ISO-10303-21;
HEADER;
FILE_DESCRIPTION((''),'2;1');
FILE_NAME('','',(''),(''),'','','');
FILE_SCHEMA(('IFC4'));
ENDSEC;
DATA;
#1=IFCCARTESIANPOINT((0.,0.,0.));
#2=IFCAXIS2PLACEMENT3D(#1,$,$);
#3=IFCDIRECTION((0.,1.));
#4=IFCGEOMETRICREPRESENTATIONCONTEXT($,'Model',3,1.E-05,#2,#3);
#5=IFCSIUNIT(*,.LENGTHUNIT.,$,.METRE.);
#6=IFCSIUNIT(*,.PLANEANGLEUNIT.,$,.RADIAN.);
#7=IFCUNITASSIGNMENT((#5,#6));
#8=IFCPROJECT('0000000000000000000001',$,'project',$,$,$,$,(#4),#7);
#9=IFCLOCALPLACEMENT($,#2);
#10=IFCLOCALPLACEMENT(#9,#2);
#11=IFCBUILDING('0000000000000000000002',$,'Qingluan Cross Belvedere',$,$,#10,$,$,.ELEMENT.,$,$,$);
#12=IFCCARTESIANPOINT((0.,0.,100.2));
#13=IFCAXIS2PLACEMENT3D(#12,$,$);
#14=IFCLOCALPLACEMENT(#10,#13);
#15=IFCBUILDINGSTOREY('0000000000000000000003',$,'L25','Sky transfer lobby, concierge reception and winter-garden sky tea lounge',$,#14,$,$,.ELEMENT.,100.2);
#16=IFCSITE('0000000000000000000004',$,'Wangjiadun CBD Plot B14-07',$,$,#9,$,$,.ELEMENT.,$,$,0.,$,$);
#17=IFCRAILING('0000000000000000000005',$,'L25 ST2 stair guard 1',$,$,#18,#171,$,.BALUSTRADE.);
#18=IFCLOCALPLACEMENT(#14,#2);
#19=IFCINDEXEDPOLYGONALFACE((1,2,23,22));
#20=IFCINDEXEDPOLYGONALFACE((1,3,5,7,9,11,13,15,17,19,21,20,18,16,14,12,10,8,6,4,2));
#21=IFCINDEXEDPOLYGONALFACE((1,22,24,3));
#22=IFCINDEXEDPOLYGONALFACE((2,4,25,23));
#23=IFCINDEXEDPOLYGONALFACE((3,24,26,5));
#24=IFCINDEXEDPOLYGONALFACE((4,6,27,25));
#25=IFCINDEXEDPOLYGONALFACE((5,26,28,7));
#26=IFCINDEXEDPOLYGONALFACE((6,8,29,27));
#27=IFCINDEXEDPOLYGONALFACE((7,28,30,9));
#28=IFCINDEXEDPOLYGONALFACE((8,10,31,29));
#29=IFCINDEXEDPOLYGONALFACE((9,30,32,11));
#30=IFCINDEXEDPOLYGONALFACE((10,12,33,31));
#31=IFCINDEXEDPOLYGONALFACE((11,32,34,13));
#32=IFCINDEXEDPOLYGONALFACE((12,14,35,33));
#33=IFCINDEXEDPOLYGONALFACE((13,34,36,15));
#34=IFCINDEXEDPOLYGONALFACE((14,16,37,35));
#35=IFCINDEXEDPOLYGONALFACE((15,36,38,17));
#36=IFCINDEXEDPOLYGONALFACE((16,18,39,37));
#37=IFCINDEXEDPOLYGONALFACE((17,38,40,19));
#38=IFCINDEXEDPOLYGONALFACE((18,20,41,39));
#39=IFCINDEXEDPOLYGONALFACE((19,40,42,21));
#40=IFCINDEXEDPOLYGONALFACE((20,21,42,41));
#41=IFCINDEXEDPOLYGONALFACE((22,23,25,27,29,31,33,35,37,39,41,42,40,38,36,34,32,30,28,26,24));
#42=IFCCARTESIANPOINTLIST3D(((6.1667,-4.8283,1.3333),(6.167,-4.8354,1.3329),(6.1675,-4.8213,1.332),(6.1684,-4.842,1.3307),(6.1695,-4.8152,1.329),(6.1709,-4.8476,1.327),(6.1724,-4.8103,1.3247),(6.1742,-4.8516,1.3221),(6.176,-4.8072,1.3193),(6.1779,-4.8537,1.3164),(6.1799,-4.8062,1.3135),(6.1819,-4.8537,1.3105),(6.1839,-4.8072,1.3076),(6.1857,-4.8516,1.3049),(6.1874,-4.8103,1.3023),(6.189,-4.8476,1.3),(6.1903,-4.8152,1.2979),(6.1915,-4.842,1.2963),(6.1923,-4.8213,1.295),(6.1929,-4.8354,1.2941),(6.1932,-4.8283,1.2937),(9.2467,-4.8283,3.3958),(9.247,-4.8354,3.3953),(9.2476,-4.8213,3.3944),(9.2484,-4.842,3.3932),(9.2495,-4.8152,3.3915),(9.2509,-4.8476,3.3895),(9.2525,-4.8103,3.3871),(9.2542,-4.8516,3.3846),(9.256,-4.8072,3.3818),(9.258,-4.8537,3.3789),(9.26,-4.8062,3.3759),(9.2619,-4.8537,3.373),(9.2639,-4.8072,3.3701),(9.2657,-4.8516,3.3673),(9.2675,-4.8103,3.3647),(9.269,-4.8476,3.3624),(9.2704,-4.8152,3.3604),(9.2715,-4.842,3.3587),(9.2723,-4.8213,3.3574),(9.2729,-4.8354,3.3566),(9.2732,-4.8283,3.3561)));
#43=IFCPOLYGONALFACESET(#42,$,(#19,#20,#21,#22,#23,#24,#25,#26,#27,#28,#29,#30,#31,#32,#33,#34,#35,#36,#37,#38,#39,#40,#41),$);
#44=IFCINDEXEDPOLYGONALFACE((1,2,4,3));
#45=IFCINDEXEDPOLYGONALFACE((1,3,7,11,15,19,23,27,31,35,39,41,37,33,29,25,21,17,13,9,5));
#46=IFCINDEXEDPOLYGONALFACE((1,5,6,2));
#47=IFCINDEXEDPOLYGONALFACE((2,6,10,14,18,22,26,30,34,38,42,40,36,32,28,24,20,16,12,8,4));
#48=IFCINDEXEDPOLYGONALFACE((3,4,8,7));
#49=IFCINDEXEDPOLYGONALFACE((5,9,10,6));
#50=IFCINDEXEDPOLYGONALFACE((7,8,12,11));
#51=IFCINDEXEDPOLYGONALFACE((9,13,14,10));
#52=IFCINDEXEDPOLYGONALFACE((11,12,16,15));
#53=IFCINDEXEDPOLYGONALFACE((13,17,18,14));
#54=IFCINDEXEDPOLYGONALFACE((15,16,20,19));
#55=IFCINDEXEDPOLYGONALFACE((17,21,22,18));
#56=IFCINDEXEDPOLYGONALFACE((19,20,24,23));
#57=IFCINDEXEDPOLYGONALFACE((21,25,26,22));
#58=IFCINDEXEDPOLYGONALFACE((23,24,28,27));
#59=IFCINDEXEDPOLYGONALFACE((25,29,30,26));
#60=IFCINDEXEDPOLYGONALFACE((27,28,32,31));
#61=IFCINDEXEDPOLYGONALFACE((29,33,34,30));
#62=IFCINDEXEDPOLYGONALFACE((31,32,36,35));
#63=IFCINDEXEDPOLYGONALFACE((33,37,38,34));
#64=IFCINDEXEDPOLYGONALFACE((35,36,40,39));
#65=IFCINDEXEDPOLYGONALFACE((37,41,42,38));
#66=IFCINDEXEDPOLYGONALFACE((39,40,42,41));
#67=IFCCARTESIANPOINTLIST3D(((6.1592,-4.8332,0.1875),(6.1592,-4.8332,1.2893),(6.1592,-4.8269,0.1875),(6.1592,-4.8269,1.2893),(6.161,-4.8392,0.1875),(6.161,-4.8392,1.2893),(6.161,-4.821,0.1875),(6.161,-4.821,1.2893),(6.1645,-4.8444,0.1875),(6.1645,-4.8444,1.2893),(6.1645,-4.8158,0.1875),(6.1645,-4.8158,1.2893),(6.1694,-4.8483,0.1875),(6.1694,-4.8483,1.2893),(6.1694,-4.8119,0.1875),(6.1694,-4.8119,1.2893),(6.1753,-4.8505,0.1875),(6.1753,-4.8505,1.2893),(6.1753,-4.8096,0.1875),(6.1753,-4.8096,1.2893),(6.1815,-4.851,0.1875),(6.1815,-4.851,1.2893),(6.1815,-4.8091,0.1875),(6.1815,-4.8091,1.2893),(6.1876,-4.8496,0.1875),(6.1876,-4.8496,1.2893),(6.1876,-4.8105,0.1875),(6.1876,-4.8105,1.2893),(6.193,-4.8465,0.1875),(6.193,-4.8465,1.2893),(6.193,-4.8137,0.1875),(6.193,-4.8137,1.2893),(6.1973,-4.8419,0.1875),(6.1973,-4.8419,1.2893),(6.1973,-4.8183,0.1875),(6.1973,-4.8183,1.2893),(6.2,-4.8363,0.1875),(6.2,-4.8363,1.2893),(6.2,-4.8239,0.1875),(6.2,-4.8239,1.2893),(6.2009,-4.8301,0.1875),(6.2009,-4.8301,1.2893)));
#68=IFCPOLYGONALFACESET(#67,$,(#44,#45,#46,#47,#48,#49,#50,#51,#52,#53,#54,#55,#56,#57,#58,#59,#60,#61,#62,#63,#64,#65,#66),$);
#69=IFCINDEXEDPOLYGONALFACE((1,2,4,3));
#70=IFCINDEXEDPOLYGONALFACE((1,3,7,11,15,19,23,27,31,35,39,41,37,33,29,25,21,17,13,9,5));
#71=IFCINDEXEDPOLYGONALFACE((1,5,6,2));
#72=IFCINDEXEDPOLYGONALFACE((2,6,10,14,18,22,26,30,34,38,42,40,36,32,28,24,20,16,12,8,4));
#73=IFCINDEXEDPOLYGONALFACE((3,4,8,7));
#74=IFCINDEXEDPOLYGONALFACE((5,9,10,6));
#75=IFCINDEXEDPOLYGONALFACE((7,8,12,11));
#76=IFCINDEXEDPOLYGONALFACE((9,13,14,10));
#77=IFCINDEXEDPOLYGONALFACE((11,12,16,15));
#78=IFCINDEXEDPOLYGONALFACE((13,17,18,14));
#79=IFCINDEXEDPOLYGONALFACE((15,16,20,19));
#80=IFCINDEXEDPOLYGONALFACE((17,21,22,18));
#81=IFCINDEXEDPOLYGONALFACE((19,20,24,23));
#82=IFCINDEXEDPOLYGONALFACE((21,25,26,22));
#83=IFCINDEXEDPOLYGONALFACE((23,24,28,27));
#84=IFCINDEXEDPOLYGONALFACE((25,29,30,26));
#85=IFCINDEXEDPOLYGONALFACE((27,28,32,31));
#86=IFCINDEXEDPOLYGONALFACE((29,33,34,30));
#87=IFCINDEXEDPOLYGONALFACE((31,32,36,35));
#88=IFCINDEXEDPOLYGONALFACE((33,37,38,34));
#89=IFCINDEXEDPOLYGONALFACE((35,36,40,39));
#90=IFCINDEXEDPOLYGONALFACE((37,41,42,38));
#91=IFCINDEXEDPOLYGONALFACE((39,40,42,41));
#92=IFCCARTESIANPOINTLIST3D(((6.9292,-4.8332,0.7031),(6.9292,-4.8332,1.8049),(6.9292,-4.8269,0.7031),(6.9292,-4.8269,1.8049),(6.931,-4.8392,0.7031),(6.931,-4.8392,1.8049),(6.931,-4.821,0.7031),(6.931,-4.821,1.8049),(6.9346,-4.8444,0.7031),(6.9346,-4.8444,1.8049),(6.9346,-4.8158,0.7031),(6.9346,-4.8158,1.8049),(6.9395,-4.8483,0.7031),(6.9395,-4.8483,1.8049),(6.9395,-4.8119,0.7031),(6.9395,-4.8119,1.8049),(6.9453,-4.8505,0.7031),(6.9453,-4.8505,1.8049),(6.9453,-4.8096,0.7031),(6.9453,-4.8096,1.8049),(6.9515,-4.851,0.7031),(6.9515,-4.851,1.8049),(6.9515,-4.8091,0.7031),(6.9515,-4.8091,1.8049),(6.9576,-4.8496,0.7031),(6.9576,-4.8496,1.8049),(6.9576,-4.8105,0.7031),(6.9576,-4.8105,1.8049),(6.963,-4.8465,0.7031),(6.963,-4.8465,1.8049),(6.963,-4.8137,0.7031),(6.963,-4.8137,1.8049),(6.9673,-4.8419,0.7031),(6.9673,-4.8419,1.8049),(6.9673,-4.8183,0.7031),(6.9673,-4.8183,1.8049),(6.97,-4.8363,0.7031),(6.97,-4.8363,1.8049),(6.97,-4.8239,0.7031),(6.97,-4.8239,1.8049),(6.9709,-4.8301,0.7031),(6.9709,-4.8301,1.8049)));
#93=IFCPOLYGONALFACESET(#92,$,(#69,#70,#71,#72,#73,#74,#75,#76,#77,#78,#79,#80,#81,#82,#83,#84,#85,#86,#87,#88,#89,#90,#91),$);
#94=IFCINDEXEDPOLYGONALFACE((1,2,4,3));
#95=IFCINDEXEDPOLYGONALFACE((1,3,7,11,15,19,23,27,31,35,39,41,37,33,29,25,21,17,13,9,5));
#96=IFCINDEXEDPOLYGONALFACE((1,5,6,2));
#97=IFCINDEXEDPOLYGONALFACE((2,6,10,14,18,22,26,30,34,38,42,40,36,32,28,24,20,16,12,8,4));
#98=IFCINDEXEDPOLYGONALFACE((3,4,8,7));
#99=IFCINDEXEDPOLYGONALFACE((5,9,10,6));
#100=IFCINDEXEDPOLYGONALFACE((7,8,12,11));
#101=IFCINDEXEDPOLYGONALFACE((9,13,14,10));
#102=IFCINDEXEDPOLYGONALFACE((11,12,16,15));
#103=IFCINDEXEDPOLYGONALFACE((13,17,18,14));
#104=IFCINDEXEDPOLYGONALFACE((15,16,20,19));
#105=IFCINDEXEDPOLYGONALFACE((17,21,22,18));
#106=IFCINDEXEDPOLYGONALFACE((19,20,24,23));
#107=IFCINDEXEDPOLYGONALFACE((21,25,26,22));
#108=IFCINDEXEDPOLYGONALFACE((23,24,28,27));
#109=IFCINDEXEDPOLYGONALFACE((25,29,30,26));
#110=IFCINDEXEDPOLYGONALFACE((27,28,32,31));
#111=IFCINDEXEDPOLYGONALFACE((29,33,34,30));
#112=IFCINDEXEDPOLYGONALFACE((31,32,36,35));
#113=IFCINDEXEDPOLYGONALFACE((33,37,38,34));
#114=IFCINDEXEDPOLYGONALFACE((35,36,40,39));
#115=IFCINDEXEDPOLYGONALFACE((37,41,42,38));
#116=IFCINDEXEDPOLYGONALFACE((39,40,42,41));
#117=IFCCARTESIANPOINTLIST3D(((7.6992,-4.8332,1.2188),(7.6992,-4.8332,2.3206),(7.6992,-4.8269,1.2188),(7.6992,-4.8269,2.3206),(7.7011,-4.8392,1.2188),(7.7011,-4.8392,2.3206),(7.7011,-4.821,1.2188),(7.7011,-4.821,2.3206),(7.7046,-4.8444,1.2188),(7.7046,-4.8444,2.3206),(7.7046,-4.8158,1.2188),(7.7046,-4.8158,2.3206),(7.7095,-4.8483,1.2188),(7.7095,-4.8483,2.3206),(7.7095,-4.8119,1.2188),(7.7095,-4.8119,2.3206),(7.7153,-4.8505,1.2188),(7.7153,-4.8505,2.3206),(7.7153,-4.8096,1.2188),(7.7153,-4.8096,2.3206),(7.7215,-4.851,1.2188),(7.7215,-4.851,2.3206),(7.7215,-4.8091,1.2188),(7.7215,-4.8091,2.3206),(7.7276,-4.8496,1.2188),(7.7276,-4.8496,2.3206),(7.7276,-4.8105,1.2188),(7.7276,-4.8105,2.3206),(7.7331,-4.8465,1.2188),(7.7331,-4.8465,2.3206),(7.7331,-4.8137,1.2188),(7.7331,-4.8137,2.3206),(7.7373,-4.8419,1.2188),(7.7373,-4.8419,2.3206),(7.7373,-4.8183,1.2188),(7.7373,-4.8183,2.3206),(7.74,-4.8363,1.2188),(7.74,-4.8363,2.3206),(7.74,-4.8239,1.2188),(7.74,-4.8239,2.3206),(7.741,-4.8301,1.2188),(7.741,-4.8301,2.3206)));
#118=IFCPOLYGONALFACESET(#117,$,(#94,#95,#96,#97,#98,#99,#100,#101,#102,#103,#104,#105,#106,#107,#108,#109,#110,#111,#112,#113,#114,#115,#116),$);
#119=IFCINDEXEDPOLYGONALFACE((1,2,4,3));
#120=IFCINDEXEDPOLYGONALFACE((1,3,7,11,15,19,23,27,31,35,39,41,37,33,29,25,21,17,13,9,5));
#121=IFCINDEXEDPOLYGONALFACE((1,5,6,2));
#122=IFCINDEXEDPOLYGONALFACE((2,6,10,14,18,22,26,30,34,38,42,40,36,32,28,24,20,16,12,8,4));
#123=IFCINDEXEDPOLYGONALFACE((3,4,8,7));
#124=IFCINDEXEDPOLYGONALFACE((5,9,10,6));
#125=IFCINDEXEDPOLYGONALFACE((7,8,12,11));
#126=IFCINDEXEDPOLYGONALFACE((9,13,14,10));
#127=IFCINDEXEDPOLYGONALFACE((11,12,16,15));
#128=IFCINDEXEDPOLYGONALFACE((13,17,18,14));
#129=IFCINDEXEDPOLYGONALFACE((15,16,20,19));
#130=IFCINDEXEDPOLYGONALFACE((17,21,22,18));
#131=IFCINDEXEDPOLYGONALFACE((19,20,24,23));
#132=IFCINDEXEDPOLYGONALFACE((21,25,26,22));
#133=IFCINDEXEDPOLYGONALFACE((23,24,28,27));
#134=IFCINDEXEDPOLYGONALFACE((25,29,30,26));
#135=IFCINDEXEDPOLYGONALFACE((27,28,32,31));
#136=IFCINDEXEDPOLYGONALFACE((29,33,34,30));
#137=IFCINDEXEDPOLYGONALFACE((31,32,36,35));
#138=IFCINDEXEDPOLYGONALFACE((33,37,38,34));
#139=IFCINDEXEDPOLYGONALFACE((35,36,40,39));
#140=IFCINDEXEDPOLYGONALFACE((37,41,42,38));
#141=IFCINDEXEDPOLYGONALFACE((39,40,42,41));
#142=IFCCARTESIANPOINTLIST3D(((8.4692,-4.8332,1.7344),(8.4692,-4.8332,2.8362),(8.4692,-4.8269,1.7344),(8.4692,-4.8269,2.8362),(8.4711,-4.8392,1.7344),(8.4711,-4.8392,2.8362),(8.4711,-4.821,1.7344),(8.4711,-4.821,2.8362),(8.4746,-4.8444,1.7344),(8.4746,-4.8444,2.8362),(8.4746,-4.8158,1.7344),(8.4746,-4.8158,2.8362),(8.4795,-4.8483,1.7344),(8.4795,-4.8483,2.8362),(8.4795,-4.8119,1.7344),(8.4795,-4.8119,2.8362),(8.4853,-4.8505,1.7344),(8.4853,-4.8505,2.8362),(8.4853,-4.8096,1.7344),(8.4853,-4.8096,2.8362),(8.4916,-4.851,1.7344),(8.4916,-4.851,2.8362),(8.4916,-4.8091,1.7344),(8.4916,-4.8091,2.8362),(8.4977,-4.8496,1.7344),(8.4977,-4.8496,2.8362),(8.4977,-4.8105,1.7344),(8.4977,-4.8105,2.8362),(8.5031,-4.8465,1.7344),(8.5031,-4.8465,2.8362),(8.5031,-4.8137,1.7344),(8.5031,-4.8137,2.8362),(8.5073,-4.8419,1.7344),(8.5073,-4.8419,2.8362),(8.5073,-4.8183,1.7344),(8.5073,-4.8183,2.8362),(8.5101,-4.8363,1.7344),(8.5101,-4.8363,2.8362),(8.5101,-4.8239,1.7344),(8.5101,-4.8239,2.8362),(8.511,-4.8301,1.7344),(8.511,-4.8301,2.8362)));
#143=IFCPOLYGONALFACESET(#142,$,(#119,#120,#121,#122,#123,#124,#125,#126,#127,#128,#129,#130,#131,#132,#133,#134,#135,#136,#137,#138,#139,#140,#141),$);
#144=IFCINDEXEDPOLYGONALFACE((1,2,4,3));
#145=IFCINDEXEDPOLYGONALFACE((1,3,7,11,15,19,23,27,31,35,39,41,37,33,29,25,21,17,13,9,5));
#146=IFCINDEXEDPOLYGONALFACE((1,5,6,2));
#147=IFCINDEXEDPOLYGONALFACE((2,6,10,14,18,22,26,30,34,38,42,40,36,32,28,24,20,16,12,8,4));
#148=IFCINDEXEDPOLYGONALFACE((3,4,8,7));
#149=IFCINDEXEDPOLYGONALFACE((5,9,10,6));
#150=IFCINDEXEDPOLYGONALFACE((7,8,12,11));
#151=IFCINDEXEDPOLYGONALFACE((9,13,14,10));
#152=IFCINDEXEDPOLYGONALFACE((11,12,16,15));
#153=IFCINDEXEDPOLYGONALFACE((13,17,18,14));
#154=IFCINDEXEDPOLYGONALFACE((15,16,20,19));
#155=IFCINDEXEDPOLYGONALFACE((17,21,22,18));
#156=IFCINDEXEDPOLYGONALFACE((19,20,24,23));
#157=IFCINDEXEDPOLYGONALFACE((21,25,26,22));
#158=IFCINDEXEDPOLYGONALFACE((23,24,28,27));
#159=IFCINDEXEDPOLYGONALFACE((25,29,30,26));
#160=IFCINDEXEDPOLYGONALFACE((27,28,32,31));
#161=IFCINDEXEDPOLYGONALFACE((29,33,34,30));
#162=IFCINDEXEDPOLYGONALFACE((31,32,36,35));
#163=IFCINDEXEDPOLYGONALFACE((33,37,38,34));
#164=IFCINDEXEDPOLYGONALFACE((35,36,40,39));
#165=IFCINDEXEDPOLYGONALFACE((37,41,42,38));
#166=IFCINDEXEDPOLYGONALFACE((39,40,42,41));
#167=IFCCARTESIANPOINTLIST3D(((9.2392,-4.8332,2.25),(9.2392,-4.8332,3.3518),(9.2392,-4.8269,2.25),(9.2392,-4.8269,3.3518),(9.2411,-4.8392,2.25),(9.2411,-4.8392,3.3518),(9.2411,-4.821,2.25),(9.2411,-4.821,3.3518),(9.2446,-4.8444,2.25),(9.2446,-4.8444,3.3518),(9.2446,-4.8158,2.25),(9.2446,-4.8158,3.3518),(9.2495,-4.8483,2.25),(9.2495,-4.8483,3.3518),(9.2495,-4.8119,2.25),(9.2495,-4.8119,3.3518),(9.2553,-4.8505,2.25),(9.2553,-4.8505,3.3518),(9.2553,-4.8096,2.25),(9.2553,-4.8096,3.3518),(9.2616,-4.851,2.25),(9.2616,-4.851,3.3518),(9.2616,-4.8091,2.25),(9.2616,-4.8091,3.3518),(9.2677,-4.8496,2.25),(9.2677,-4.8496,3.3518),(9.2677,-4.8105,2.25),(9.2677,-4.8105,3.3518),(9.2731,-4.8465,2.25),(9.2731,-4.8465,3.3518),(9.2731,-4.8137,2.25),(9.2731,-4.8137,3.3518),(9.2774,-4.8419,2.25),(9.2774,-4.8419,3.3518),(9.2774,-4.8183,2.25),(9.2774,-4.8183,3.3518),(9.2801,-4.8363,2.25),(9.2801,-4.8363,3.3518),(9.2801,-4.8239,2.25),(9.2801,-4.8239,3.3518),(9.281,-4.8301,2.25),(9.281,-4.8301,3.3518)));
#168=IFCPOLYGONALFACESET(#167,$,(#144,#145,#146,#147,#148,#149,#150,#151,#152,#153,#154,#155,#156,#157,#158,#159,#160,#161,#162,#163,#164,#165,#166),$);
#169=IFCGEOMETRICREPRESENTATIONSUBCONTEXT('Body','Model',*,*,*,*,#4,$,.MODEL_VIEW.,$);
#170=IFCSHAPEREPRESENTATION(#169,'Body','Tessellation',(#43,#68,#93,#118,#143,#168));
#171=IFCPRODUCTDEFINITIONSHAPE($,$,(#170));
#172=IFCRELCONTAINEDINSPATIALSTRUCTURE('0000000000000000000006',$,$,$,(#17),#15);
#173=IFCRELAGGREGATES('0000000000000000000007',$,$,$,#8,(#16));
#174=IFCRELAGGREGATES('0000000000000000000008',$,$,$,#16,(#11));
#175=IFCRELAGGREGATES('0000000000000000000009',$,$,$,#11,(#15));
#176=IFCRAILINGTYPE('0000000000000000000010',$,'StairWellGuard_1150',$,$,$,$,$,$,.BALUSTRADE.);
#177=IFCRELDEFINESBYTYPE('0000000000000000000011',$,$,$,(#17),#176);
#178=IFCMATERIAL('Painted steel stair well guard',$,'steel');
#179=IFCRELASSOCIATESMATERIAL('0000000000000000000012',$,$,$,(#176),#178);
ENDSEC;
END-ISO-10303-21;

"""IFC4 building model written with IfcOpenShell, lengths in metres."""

from ifc_helpers import new_model, si_unit, direction, frame, origin, origin_2d, place, context, subcontext, project, spatial, circle, extrude, material, type_object, element, save


model = new_model("IFC4")

# Units and contexts
model_context = context("Model", 3, precision=1e-05, world=origin(), true_north=direction((0.0, 1.0)))
body_context = subcontext(model_context, "Body", "Model", "MODEL_VIEW")
ifc_project = project(units=[si_unit("LENGTHUNIT", "METRE"), si_unit("PLANEANGLEUNIT", "RADIAN")], contexts=[model_context])

# Site, building, storey
site_placement = place(None, origin())
site = spatial("IfcSite", under=ifc_project, at=site_placement, Name="Wangjiadun CBD Plot B14-07", CompositionType="ELEMENT", RefElevation=0.0)
building_placement = place(site_placement, origin())
building = spatial("IfcBuilding", under=site, at=building_placement, Name="Qingluan Cross Belvedere", CompositionType="ELEMENT")
storey_placement = place(building_placement, frame((0.0, 0.0, 100.2)))
storey = spatial("IfcBuildingStorey", under=building, at=storey_placement, Name="L25", Description="Sky transfer lobby, concierge reception and winter-garden sky tea lounge", CompositionType="ELEMENT", Elevation=100.2)

# Railing
ifc_material_1 = material(Name="Painted steel stair well guard", Category="steel")
railing_type_1 = type_object("IfcRailingType", Name="StairWellGuard_1150", PredefinedType="BALUSTRADE", material=ifc_material_1)
railing_1_placement = place(storey_placement, frame((6.1799, -4.8301, 0.1875)))
element("IfcRailing", 1, at=railing_1_placement, inside=storey, type_object=railing_type_1, Name="L25 ST2 stair guard 1", PredefinedType="BALUSTRADE", context=body_context, shape_type="SweptSolid", body=[
    extrude(circle(Radius=0.0239, at=origin_2d()), frame((0.0, 0.0, 1.126), z_axis=(0.830914, 0.0, 0.556401), x_axis=(0.0, 1.0, 0.0)), (0.0, 0.0, 1.0), 3.7068),
    extrude(circle(Radius=0.021, at=origin_2d()), origin(), (0.0, 0.0, 1.0), 1.1018),
    extrude(circle(Radius=0.021, at=origin_2d()), frame((0.77, 0.0, 0.5156)), (0.0, 0.0, 1.0), 1.1018),
    extrude(circle(Radius=0.021, at=origin_2d()), frame((1.54, 0.0, 1.0312)), (0.0, 0.0, 1.0), 1.1018),
    extrude(circle(Radius=0.021, at=origin_2d()), frame((2.3101, 0.0, 1.5469)), (0.0, 0.0, 1.0), 1.1018),
    extrude(circle(Radius=0.021, at=origin_2d()), frame((3.0801, 0.0, 2.0625)), (0.0, 0.0, 1.0), 1.1018),
])

save(model, "model.ifc")
